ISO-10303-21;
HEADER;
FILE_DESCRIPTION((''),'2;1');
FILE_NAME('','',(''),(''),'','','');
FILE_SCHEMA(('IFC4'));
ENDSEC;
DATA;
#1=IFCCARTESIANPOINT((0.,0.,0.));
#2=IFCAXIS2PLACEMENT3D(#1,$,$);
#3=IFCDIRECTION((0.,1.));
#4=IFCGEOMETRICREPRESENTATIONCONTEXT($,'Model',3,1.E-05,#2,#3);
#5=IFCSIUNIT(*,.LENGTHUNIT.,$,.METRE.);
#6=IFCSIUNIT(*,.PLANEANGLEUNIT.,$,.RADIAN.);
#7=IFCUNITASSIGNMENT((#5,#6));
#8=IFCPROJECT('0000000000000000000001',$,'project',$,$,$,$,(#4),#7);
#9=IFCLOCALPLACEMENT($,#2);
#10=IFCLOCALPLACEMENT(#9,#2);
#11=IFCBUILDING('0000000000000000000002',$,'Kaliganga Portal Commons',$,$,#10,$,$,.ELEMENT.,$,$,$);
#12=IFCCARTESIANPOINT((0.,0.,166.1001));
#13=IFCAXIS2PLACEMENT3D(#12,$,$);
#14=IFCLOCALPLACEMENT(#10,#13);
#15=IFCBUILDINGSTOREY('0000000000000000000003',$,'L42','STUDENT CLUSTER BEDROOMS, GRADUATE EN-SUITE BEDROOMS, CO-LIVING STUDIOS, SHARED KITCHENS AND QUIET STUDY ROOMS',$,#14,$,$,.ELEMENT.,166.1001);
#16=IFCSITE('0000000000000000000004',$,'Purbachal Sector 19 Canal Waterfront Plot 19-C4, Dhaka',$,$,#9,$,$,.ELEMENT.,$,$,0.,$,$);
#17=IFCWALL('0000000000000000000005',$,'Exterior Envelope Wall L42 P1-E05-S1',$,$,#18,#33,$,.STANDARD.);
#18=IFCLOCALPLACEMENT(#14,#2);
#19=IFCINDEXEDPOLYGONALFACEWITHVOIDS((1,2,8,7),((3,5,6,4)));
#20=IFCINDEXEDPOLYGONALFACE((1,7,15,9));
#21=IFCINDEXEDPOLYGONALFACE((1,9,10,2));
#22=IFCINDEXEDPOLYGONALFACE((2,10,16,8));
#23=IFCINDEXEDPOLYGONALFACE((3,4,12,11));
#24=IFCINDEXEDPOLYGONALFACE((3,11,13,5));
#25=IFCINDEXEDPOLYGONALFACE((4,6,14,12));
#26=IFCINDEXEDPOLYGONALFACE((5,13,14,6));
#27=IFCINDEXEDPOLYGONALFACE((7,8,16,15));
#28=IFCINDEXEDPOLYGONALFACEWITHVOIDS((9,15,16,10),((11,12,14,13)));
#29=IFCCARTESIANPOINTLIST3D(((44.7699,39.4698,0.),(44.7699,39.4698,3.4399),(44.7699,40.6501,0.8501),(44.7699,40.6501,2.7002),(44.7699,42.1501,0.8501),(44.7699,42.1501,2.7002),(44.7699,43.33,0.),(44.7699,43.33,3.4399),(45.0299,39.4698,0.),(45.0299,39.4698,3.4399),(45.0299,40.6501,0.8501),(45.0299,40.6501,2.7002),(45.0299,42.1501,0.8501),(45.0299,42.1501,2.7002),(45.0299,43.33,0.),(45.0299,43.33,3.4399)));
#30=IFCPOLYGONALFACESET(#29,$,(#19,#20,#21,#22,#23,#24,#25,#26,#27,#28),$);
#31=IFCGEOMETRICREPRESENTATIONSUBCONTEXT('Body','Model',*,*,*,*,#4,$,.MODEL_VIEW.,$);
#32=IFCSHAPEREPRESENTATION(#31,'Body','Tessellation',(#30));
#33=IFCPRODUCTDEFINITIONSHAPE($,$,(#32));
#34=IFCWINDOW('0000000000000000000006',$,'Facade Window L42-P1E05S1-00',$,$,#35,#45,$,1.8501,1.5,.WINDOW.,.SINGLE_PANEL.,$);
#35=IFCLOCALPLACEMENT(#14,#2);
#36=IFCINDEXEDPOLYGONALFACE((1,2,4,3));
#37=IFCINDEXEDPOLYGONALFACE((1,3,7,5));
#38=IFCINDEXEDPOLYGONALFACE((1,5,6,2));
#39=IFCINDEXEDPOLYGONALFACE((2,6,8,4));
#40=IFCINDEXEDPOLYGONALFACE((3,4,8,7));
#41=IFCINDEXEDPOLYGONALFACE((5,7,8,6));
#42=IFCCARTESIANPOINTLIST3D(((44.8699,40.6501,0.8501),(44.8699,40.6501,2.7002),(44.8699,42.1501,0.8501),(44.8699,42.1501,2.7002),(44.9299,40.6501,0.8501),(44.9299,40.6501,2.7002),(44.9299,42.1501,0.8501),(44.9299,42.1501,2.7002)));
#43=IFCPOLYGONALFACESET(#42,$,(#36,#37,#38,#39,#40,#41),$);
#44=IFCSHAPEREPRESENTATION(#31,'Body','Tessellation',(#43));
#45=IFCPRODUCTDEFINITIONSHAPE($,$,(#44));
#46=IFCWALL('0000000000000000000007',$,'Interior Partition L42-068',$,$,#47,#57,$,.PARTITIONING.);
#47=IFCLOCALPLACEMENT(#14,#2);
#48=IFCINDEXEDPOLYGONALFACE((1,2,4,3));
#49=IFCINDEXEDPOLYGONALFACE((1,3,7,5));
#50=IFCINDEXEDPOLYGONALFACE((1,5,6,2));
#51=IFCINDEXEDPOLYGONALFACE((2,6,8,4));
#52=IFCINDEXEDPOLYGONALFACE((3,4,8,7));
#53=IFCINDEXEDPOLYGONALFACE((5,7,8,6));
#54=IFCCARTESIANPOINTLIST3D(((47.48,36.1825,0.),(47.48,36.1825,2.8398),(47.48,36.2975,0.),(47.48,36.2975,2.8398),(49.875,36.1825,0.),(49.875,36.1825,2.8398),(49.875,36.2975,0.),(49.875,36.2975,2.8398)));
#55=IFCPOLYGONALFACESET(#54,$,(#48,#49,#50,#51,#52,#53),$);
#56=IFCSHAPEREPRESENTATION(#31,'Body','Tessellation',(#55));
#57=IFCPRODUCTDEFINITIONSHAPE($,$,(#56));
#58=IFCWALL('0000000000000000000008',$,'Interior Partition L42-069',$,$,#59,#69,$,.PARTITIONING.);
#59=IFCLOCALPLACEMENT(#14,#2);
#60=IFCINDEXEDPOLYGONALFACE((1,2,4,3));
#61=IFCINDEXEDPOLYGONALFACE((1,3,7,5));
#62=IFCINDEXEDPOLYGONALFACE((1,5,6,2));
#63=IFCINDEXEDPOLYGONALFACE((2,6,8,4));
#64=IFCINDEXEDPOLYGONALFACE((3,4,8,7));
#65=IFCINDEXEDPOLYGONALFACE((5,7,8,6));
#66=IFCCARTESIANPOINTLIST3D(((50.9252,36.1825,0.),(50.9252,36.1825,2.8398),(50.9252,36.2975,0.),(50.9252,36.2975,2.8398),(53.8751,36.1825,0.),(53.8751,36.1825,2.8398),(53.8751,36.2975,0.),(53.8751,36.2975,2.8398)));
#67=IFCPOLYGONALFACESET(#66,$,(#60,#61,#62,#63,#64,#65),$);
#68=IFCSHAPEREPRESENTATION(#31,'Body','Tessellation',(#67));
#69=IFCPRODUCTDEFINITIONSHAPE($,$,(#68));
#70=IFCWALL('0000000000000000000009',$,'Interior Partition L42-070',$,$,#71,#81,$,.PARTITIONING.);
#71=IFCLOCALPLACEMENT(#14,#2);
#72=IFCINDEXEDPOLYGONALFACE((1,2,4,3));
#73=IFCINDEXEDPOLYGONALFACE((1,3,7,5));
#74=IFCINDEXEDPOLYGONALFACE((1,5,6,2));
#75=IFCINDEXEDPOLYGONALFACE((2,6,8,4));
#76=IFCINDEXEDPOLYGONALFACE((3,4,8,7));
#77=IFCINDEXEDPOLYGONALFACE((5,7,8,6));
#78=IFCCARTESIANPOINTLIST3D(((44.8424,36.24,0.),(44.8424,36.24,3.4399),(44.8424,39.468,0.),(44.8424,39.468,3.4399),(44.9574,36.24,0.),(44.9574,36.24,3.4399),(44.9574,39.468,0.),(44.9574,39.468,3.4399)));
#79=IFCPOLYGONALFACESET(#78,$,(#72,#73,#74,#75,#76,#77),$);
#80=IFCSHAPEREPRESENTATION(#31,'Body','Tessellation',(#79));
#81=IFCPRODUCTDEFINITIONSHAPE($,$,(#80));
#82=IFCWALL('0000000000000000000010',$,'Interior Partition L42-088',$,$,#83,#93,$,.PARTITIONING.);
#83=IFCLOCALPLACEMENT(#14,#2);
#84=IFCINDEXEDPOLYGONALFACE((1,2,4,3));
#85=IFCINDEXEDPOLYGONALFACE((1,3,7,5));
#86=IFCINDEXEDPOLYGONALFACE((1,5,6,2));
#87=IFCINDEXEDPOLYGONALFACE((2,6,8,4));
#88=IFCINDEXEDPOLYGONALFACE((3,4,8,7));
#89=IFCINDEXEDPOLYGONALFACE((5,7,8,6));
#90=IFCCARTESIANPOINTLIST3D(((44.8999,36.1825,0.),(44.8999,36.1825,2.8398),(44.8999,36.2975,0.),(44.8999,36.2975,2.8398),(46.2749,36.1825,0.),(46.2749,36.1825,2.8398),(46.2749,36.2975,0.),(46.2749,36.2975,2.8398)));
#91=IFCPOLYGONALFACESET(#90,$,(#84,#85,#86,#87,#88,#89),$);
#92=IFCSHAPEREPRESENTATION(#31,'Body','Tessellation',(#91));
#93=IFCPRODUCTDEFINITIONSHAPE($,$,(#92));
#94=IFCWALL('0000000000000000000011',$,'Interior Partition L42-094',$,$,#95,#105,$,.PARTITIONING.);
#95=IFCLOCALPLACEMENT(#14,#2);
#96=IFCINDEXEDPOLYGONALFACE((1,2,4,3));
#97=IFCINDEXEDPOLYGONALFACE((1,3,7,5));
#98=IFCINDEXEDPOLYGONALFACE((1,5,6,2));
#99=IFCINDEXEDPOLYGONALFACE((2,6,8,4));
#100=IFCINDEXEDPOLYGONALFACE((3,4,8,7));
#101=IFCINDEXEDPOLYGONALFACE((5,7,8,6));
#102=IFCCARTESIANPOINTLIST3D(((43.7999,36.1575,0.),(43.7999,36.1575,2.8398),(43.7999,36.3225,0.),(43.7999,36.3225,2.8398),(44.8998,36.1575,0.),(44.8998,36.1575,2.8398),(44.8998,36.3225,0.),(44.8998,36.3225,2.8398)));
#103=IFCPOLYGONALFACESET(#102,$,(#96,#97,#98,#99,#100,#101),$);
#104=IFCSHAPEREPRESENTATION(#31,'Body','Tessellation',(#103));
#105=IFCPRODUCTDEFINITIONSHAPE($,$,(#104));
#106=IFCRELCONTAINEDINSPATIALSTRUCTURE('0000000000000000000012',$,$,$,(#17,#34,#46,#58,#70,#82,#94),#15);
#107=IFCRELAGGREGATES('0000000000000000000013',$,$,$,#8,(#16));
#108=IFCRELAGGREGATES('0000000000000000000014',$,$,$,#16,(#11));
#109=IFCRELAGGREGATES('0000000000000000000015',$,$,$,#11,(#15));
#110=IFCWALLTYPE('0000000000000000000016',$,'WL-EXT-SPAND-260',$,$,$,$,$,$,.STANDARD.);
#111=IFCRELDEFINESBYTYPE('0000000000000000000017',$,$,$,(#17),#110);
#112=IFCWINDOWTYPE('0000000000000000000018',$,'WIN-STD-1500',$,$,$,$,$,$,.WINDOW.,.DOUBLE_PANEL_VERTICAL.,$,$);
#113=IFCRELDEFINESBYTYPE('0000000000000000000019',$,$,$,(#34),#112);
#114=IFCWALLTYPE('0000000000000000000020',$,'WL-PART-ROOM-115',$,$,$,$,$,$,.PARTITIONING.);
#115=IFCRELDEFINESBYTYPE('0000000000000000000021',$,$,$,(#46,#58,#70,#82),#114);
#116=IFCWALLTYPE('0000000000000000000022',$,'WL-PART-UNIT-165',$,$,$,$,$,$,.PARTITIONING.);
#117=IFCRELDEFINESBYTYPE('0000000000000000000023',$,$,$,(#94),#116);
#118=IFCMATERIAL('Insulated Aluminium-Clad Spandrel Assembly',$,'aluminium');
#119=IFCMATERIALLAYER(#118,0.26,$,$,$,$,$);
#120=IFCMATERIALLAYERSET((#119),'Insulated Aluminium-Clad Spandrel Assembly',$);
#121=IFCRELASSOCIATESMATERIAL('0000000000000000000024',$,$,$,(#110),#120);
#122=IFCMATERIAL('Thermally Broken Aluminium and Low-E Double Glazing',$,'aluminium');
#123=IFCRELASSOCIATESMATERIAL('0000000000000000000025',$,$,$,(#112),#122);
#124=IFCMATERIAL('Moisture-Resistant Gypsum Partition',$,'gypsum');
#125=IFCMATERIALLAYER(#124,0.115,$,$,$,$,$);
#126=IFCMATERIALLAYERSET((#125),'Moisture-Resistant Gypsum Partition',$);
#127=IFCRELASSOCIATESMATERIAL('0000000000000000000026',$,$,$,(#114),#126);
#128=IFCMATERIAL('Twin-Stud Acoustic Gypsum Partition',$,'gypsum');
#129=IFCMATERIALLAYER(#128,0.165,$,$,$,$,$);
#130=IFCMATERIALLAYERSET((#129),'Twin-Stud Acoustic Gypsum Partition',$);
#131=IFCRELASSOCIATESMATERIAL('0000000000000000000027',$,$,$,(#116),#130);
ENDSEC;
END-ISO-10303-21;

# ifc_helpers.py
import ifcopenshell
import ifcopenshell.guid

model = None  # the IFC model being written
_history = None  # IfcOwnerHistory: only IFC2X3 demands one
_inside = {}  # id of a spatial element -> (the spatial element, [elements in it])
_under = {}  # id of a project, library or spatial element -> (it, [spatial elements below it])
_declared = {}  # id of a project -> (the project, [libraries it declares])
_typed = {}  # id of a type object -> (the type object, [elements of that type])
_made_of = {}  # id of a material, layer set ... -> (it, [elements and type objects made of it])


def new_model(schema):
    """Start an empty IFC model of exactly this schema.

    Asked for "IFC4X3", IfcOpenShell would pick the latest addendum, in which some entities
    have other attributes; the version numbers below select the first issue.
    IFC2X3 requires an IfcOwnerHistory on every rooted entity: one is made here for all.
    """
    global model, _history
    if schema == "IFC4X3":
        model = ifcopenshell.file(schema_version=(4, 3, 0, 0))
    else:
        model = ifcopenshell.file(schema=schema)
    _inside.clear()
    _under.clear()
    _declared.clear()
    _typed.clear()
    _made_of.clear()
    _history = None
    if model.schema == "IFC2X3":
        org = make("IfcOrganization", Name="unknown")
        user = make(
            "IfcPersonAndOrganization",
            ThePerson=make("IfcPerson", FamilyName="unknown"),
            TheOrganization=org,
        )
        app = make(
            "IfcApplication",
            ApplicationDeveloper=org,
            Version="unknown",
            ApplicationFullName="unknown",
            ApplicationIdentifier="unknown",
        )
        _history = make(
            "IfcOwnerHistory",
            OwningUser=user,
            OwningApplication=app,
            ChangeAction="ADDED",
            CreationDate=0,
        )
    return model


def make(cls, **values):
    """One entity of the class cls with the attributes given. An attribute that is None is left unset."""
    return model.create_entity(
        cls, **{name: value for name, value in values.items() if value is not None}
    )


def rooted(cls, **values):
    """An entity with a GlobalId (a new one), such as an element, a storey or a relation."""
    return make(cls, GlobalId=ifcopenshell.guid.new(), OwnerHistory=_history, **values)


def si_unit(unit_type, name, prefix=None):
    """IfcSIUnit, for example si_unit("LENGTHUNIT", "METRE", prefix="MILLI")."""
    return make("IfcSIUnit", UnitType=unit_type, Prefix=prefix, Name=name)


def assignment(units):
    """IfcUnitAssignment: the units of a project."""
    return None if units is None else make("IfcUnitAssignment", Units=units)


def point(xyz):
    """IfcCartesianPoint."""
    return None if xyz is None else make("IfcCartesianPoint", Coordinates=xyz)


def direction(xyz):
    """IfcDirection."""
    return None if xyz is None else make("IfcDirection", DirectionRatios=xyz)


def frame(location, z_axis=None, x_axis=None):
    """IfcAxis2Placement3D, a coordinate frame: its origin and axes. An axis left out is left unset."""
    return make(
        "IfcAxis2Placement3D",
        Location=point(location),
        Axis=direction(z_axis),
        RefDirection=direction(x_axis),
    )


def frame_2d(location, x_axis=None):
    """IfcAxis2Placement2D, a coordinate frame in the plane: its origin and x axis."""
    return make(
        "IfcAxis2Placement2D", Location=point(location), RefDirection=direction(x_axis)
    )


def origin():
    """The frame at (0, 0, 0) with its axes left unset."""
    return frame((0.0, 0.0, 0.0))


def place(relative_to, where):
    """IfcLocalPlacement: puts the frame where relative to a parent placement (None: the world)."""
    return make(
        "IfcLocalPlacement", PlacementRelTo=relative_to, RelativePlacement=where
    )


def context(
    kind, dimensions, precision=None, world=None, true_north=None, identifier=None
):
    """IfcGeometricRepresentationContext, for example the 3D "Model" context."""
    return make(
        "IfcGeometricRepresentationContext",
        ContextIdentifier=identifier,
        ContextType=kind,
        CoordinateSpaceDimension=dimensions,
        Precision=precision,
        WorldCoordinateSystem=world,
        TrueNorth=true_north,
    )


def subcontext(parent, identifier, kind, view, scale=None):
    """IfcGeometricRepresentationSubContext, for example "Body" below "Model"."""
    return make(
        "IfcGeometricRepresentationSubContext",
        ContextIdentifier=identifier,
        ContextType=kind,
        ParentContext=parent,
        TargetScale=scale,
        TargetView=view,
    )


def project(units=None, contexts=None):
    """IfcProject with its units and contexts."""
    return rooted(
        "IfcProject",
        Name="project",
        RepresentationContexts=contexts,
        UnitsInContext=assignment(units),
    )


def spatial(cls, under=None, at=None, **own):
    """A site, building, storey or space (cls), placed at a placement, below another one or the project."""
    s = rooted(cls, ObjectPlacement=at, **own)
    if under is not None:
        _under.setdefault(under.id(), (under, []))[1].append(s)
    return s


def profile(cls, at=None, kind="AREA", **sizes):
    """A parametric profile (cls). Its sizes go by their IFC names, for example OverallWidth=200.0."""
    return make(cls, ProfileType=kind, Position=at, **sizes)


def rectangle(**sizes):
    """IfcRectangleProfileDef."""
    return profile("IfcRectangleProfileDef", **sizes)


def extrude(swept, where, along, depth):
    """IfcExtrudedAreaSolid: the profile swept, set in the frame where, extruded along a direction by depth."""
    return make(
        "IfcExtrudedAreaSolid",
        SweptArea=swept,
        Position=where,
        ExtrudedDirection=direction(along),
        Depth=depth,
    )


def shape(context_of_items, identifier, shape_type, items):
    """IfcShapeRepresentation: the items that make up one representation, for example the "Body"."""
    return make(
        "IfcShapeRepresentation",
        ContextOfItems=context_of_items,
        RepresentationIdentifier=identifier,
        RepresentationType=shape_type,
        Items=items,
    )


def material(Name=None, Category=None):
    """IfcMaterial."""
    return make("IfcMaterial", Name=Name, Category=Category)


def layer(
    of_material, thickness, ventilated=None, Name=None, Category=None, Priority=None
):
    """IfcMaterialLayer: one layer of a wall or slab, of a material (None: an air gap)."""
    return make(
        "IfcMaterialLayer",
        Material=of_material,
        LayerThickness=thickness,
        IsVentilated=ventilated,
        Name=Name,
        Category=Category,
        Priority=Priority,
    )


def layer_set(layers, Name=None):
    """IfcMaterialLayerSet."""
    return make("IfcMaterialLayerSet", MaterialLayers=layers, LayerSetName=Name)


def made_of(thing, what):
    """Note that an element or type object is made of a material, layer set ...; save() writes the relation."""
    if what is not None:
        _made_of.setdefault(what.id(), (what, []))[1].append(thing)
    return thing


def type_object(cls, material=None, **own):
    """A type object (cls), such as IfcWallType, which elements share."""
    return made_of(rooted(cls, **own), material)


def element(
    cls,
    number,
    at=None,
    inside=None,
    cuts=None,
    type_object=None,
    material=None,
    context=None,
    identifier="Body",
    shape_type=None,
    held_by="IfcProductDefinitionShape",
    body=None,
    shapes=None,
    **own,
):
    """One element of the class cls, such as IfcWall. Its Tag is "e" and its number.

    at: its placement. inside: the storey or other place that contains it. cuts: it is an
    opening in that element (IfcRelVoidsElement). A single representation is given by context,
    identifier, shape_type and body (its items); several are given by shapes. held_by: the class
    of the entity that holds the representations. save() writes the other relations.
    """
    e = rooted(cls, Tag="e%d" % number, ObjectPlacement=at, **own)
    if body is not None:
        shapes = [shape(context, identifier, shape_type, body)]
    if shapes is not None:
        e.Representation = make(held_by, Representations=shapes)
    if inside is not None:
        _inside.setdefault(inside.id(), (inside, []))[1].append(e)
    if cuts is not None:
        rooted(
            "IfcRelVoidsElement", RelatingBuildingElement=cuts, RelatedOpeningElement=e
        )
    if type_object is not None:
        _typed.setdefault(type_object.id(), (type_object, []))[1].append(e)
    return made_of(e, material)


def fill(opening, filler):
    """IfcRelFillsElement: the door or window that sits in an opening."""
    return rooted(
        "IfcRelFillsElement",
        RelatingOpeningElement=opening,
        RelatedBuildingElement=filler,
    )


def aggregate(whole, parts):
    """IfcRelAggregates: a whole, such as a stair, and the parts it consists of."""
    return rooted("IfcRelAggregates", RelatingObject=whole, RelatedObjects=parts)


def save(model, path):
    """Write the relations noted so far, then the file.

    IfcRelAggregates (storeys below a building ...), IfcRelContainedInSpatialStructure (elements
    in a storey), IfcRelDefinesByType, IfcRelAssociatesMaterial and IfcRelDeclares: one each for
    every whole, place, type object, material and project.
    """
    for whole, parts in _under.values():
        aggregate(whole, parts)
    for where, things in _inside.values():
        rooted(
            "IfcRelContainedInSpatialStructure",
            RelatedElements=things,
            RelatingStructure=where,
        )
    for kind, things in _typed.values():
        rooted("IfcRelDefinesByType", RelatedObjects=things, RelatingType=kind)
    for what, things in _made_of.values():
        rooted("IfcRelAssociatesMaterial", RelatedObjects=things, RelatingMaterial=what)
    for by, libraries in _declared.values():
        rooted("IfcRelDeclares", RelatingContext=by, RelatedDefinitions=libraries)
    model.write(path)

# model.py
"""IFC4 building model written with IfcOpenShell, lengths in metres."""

from ifc_helpers import new_model, si_unit, direction, frame, frame_2d, origin, place, context, subcontext, project, spatial, rectangle, extrude, material, layer, layer_set, type_object, element, fill, save


model = new_model("IFC4")

# Units and contexts
model_context = context("Model", 3, precision=1e-05, world=origin(), true_north=direction((0.0, 1.0)))
body_context = subcontext(model_context, "Body", "Model", "MODEL_VIEW")
ifc_project = project(units=[si_unit("LENGTHUNIT", "METRE"), si_unit("PLANEANGLEUNIT", "RADIAN")], contexts=[model_context])

# Site, building, storey
site_placement = place(None, origin())
site = spatial("IfcSite", under=ifc_project, at=site_placement, Name="Purbachal Sector 19 Canal Waterfront Plot 19-C4, Dhaka", CompositionType="ELEMENT", RefElevation=0.0)
building_placement = place(site_placement, origin())
building = spatial("IfcBuilding", under=site, at=building_placement, Name="Kaliganga Portal Commons", CompositionType="ELEMENT")
storey_placement = place(building_placement, frame((0.0, 0.0, 166.1001)))
storey = spatial("IfcBuildingStorey", under=building, at=storey_placement, Name="L42", Description="STUDENT CLUSTER BEDROOMS, GRADUATE EN-SUITE BEDROOMS, CO-LIVING STUDIOS, SHARED KITCHENS AND QUIET STUDY ROOMS", CompositionType="ELEMENT", Elevation=166.1001)

# Shared definitions
ifc_material_1 = material(Name="Insulated Aluminium-Clad Spandrel Assembly", Category="aluminium")
ifc_layer_1 = layer(ifc_material_1, 0.26)
ifc_layer_set_1 = layer_set([ifc_layer_1], Name="Insulated Aluminium-Clad Spandrel Assembly")
wall_type_1 = type_object("IfcWallType", Name="WL-EXT-SPAND-260", PredefinedType="STANDARD", material=ifc_layer_set_1)
ifc_material_2 = material(Name="Thermally Broken Aluminium and Low-E Double Glazing", Category="aluminium")
window_type = type_object("IfcWindowType", Name="WIN-STD-1500", PartitioningType="DOUBLE_PANEL_VERTICAL", PredefinedType="WINDOW", material=ifc_material_2)

# Wall, opening, window
wall_1_placement = place(storey_placement, frame((44.8999, 43.3301, 0.0), z_axis=(0.0, 0.0, 1.0), x_axis=(0.0, -1.0, 0.0)))
wall_1 = element("IfcWall", 1, at=wall_1_placement, inside=storey, type_object=wall_type_1, Name="Exterior Envelope Wall L42 P1-E05-S1", PredefinedType="STANDARD", context=body_context, shape_type="SweptSolid", body=[
    extrude(rectangle(XDim=3.8601, YDim=0.26, at=frame_2d((1.9302, 0.0))), origin(), (0.0, 0.0, 1.0), 3.4399),
])
opening_1_placement = place(wall_1_placement, frame((1.1799, 0.0, 0.8501)))
opening_1 = element("IfcOpeningElement", 2, at=opening_1_placement, cuts=wall_1, PredefinedType="OPENING", context=body_context, shape_type="SweptSolid", body=[
    extrude(rectangle(XDim=1.5, YDim=1.8501, at=frame_2d((0.75, 0.925))), frame((0.0, 0.1401, 0.0), z_axis=(0.0, -1.0, 0.0), x_axis=(1.0, 0.0, 0.0)), (0.0, 0.0, 1.0), 0.28),
])
window_1_placement = place(opening_1_placement, origin())
window_1 = element("IfcWindow", 3, at=window_1_placement, inside=storey, type_object=window_type, Name="Facade Window L42-P1E05S1-00", OverallHeight=1.8501, OverallWidth=1.5, PartitioningType="SINGLE_PANEL", PredefinedType="WINDOW", context=body_context, shape_type="SweptSolid", body=[
    extrude(rectangle(XDim=1.5, YDim=1.8501, at=frame_2d((0.75, 0.925))), frame((0.0, 0.03, 0.0), z_axis=(0.0, -1.0, 0.0), x_axis=(1.0, 0.0, 0.0)), (0.0, 0.0, 1.0), 0.0601),
])
fill(opening_1, window_1)

# Walls
ifc_material_3 = material(Name="Moisture-Resistant Gypsum Partition", Category="gypsum")
ifc_layer_2 = layer(ifc_material_3, 0.115)
ifc_layer_set_2 = layer_set([ifc_layer_2], Name="Moisture-Resistant Gypsum Partition")
wall_type_2 = type_object("IfcWallType", Name="WL-PART-ROOM-115", PredefinedType="PARTITIONING", material=ifc_layer_set_2)
wall_2_placement = place(storey_placement, frame((47.48, 36.24, 0.0), z_axis=(0.0, 0.0, 1.0), x_axis=(1.0, 0.0, 0.0)))
element("IfcWall", 4, at=wall_2_placement, inside=storey, type_object=wall_type_2, Name="Interior Partition L42-068", PredefinedType="PARTITIONING", context=body_context, shape_type="SweptSolid", body=[
    extrude(rectangle(XDim=2.395, YDim=0.115, at=frame_2d((1.1975, 0.0))), origin(), (0.0, 0.0, 1.0), 2.8398),
])
wall_3_placement = place(storey_placement, frame((50.925, 36.24, 0.0), z_axis=(0.0, 0.0, 1.0), x_axis=(1.0, 0.0, 0.0)))
element("IfcWall", 5, at=wall_3_placement, inside=storey, type_object=wall_type_2, Name="Interior Partition L42-069", PredefinedType="PARTITIONING", context=body_context, shape_type="SweptSolid", body=[
    extrude(rectangle(XDim=2.95, YDim=0.115, at=frame_2d((1.4751, 0.0))), origin(), (0.0, 0.0, 1.0), 2.8398),
])
wall_4_placement = place(storey_placement, frame((44.8999, 36.24, 0.0), z_axis=(0.0, 0.0, 1.0), x_axis=(0.0, 1.0, 0.0)))
element("IfcWall", 6, at=wall_4_placement, inside=storey, type_object=wall_type_2, Name="Interior Partition L42-070", PredefinedType="PARTITIONING", context=body_context, shape_type="SweptSolid", body=[
    extrude(rectangle(XDim=3.228, YDim=0.115, at=frame_2d((1.614, 0.0))), origin(), (0.0, 0.0, 1.0), 3.4399),
])
wall_5_placement = place(storey_placement, frame((44.8999, 36.24, 0.0), z_axis=(0.0, 0.0, 1.0), x_axis=(1.0, 0.0, 0.0)))
element("IfcWall", 7, at=wall_5_placement, inside=storey, type_object=wall_type_2, Name="Interior Partition L42-088", PredefinedType="PARTITIONING", context=body_context, shape_type="SweptSolid", body=[
    extrude(rectangle(XDim=1.375, YDim=0.115, at=frame_2d((0.6875, 0.0))), origin(), (0.0, 0.0, 1.0), 2.8398),
])
ifc_material_4 = material(Name="Twin-Stud Acoustic Gypsum Partition", Category="gypsum")
ifc_layer_3 = layer(ifc_material_4, 0.165)
ifc_layer_set_3 = layer_set([ifc_layer_3], Name="Twin-Stud Acoustic Gypsum Partition")
wall_type_3 = type_object("IfcWallType", Name="WL-PART-UNIT-165", PredefinedType="PARTITIONING", material=ifc_layer_set_3)
wall_6_placement = place(storey_placement, frame((43.8, 36.24, 0.0), z_axis=(0.0, 0.0, 1.0), x_axis=(1.0, 0.0, 0.0)))
element("IfcWall", 8, at=wall_6_placement, inside=storey, type_object=wall_type_3, Name="Interior Partition L42-094", PredefinedType="PARTITIONING", context=body_context, shape_type="SweptSolid", body=[
    extrude(rectangle(XDim=1.0999, YDim=0.165, at=frame_2d((0.5498, 0.0))), origin(), (0.0, 0.0, 1.0), 2.8398),
])

save(model, "model.ifc")
